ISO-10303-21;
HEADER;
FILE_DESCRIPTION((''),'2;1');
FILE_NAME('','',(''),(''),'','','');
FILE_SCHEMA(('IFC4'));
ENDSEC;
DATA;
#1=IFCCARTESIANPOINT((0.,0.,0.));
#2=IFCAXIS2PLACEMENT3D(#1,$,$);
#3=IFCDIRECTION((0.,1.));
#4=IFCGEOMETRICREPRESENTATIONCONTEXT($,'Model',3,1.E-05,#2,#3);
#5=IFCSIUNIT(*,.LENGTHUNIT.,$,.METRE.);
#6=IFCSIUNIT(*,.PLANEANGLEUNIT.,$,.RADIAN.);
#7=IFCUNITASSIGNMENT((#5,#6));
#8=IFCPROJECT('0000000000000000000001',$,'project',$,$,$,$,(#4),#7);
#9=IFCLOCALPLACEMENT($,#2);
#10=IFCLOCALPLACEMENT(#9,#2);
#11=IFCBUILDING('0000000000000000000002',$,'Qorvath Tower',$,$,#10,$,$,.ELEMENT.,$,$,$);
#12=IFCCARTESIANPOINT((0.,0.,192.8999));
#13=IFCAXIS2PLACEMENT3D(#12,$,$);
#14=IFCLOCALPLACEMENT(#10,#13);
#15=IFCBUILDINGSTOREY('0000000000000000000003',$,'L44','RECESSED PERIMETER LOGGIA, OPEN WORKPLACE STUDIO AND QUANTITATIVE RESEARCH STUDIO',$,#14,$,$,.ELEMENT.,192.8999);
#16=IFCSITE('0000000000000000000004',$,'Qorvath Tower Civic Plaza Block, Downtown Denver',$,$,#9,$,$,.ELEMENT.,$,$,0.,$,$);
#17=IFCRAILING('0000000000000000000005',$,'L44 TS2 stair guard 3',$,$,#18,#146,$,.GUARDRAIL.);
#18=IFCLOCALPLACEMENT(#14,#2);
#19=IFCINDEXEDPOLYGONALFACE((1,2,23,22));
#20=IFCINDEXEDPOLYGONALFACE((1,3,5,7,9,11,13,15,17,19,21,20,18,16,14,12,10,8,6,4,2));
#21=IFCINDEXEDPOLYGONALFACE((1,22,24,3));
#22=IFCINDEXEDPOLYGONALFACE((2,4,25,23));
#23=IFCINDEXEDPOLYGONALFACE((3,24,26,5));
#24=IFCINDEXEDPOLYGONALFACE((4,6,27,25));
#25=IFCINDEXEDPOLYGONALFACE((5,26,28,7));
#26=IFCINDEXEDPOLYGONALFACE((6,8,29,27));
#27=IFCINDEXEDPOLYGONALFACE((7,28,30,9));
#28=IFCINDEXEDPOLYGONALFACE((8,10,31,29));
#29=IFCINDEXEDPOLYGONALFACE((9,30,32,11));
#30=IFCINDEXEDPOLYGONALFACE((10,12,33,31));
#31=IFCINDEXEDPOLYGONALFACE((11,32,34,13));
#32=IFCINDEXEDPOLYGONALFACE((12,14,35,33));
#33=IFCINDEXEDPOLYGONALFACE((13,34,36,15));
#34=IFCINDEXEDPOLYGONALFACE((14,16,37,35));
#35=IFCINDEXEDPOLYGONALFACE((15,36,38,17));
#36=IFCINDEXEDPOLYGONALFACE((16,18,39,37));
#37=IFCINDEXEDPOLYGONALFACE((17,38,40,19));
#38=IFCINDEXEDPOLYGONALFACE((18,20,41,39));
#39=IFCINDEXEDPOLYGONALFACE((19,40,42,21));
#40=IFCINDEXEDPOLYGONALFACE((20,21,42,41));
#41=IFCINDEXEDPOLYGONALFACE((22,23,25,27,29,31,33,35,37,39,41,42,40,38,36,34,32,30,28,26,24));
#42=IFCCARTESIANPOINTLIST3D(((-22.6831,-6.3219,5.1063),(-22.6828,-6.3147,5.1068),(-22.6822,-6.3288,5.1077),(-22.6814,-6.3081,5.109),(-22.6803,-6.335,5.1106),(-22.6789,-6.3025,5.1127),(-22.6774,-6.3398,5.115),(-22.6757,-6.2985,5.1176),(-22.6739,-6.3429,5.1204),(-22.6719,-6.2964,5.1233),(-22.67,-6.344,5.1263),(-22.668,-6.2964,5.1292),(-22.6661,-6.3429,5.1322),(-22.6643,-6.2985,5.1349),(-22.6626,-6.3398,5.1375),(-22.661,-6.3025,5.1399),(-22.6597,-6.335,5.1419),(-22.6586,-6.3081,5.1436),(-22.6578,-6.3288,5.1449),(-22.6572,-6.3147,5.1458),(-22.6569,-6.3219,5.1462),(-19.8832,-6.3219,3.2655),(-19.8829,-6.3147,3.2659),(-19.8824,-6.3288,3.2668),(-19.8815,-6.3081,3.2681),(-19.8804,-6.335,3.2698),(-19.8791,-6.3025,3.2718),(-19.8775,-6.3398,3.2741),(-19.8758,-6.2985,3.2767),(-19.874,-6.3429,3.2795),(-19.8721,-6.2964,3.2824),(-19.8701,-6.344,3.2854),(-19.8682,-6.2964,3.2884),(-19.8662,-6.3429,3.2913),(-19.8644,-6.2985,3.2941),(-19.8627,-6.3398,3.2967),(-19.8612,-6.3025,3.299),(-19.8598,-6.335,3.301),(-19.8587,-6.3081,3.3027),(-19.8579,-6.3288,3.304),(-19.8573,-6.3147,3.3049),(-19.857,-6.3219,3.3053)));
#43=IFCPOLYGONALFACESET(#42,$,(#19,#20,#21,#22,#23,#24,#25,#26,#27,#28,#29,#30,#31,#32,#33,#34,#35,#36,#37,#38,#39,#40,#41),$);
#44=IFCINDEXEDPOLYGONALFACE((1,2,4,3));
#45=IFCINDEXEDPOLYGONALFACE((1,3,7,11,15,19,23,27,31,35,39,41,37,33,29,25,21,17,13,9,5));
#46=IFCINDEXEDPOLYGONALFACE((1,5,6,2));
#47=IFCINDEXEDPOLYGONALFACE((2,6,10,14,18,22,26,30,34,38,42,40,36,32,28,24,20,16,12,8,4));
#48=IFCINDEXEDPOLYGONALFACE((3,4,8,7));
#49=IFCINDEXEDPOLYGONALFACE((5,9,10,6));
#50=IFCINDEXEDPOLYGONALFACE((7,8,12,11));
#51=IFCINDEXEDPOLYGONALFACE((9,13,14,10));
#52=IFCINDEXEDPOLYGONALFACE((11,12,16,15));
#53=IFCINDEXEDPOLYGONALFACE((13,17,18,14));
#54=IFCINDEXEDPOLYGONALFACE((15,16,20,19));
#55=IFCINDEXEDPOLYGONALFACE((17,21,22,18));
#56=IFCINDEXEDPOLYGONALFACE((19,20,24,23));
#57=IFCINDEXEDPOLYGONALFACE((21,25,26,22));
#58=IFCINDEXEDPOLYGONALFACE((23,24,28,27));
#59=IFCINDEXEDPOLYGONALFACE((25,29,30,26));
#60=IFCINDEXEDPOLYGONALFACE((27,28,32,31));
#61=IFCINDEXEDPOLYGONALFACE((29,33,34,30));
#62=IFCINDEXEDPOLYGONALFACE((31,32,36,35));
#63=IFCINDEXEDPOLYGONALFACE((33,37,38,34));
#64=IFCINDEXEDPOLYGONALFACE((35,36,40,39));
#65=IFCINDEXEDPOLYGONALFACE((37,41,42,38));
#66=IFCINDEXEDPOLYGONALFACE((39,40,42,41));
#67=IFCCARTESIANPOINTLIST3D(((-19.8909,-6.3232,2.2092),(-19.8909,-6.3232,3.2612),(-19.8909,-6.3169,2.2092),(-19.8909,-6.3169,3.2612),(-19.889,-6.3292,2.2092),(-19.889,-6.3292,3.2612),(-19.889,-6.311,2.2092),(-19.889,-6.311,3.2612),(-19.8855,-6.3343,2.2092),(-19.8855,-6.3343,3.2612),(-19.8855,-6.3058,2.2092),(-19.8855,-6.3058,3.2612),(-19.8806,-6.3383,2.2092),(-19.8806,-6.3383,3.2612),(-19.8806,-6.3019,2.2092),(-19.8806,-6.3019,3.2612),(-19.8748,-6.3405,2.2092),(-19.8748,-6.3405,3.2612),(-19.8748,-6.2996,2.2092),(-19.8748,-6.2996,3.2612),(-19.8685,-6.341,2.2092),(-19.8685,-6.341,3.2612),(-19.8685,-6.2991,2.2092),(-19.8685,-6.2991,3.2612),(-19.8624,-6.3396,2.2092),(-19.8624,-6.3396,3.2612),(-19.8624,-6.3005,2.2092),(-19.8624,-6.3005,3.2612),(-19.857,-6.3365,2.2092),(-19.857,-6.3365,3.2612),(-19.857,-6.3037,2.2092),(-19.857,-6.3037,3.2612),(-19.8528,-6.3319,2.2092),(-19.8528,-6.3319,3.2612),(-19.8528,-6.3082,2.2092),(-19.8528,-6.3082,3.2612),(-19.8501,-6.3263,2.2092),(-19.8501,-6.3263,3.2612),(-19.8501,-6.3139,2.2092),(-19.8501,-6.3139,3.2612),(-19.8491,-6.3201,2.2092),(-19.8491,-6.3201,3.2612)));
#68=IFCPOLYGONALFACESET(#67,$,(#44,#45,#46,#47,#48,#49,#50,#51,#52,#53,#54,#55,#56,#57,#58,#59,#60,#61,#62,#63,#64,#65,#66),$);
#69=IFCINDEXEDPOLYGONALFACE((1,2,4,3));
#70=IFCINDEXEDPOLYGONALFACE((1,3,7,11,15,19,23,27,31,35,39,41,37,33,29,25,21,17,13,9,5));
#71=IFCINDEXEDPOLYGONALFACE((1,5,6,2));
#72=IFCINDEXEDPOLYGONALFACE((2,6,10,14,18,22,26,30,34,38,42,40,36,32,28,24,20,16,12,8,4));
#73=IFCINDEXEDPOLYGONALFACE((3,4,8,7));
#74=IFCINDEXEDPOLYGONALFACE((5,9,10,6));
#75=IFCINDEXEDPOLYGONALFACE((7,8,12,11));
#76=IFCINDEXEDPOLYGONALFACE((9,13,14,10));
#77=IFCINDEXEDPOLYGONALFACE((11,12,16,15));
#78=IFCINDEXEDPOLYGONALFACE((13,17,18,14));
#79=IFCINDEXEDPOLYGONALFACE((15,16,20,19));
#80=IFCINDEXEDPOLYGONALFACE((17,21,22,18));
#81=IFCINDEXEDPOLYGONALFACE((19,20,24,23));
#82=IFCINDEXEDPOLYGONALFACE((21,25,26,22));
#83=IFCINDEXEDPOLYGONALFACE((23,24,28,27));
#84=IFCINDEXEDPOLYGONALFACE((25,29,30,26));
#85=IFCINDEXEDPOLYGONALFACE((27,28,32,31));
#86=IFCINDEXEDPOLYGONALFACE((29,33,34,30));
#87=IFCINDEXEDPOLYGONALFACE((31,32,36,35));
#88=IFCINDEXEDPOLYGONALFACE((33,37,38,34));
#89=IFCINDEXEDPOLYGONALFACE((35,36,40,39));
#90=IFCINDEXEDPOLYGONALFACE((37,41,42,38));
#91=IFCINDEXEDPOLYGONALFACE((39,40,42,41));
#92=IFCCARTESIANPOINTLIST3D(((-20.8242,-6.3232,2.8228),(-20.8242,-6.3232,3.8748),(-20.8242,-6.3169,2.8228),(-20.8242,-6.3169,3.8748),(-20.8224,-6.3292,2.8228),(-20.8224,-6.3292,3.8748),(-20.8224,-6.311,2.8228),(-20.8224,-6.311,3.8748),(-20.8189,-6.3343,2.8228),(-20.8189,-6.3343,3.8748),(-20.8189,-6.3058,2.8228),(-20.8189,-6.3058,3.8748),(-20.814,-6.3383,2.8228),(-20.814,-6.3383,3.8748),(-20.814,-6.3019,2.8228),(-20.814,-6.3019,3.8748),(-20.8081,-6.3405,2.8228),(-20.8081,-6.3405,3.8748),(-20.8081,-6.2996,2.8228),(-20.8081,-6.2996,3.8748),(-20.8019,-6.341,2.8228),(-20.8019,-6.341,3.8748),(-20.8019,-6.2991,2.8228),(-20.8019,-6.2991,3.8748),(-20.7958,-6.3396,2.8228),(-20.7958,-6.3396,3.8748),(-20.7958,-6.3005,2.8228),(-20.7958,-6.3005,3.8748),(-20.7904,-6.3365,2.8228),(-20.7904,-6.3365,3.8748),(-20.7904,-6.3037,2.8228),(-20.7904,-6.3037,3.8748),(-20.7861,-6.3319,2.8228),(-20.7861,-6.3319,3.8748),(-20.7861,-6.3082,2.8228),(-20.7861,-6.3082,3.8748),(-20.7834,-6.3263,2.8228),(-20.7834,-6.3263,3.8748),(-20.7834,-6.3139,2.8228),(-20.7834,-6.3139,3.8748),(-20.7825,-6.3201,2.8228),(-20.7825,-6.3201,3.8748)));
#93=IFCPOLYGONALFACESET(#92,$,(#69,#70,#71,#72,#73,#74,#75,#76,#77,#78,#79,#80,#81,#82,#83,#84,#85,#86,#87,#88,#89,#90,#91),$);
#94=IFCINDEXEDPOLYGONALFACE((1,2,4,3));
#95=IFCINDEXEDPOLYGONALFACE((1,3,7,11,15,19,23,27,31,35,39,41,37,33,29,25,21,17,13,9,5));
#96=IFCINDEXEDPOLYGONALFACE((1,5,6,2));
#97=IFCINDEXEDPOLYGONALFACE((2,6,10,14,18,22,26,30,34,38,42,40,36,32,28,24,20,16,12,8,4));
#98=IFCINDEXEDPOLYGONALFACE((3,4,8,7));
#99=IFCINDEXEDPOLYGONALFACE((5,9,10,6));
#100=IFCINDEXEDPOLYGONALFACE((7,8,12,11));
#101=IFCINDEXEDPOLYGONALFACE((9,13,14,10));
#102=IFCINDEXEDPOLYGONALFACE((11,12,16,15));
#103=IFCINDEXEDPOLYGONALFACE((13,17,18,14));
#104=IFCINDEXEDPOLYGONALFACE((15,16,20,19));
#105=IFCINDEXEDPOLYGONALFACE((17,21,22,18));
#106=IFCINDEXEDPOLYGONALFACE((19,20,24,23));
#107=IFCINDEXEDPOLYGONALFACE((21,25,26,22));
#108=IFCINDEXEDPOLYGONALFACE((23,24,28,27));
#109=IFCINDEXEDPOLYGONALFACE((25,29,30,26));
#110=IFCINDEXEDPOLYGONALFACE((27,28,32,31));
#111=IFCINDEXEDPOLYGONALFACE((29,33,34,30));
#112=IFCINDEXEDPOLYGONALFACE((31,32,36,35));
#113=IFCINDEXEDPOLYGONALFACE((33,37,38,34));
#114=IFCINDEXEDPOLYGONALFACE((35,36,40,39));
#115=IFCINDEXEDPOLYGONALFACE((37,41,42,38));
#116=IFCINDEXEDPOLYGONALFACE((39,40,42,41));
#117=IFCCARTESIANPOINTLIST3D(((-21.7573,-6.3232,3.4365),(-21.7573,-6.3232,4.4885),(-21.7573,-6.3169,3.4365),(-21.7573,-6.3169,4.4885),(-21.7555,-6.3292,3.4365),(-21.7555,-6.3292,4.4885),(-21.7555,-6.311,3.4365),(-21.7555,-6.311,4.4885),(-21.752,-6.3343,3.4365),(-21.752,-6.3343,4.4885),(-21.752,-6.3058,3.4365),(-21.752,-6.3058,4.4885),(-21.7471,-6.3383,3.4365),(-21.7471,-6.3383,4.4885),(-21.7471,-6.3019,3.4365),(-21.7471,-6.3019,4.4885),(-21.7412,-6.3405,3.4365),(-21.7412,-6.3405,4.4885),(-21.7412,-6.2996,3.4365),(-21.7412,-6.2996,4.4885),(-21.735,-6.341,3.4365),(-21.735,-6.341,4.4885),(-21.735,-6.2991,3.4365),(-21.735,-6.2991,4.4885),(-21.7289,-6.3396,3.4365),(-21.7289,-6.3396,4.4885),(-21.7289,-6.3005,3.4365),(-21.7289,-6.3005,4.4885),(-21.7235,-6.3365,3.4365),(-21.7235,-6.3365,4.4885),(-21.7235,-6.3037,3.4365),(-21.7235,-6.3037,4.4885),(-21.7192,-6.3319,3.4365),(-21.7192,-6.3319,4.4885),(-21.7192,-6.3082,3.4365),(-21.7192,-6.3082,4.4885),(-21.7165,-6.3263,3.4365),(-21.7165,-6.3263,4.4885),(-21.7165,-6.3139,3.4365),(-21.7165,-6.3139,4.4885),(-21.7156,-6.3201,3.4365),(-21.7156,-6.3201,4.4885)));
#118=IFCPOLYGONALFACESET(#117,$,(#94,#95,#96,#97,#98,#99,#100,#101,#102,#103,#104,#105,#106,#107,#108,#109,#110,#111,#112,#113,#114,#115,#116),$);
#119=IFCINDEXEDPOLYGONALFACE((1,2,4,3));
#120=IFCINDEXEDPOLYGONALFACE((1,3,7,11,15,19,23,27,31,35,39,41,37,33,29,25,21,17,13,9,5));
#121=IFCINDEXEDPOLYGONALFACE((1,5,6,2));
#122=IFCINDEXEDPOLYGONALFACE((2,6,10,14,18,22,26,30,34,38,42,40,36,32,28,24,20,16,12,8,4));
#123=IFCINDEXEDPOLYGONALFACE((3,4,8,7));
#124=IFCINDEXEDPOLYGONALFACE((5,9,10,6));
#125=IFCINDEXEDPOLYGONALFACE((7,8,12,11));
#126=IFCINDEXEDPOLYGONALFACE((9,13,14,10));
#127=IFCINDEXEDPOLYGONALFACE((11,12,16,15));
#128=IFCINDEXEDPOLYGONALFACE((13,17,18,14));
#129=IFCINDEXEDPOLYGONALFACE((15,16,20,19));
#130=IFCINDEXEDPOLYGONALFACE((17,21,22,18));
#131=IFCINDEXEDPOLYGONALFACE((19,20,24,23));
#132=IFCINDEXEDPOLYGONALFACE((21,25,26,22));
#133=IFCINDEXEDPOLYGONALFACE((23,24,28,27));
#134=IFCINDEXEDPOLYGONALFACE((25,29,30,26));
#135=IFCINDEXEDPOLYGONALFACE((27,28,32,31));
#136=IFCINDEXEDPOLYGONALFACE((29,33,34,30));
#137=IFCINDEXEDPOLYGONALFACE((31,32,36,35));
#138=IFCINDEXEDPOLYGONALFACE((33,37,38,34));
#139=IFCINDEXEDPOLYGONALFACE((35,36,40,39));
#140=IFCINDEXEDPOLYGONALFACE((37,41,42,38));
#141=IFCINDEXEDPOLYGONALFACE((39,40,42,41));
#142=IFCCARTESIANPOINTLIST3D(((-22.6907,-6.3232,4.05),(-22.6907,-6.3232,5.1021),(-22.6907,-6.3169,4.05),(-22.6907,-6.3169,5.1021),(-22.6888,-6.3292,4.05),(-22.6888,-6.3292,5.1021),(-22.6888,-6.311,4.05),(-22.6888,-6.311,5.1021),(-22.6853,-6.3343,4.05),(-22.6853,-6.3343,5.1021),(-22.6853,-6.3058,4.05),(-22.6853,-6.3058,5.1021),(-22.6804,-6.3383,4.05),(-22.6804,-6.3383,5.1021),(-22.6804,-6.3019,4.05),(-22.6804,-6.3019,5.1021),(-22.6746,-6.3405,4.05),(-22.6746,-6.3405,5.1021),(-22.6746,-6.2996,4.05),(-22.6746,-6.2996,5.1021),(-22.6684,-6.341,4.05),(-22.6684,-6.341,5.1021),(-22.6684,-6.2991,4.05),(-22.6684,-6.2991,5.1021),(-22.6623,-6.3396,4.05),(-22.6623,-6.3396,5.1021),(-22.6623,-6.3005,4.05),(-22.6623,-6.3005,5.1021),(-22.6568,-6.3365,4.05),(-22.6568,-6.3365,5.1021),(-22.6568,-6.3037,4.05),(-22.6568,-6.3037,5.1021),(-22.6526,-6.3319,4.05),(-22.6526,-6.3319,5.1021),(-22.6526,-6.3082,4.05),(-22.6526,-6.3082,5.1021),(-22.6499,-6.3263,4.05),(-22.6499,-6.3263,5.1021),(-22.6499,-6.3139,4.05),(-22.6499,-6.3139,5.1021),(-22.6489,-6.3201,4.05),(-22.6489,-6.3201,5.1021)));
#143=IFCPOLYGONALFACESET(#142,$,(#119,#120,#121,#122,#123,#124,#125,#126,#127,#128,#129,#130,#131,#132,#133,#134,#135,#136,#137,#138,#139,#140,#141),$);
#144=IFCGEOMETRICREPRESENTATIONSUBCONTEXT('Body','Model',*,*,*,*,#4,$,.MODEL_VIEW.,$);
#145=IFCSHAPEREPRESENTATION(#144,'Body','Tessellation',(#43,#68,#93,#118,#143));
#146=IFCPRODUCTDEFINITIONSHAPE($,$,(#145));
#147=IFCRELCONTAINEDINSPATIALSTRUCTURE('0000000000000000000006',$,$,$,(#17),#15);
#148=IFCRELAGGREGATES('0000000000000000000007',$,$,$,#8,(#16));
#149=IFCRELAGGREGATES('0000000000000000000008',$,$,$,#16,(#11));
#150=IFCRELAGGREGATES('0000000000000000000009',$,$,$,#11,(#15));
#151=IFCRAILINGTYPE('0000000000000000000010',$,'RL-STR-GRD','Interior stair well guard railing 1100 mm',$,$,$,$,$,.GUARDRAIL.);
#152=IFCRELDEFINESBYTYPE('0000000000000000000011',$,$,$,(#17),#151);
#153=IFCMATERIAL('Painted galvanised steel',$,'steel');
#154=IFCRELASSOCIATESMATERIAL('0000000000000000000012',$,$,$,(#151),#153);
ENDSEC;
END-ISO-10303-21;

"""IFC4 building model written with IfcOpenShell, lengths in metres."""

from ifc_helpers import new_model, si_unit, direction, frame, origin, origin_2d, place, context, subcontext, project, spatial, circle, extrude, material, type_object, element, save


model = new_model("IFC4")

# Units and contexts
model_context = context("Model", 3, precision=1e-05, world=origin(), true_north=direction((0.0, 1.0)))
body_context = subcontext(model_context, "Body", "Model", "MODEL_VIEW")
ifc_project = project(units=[si_unit("LENGTHUNIT", "METRE"), si_unit("PLANEANGLEUNIT", "RADIAN")], contexts=[model_context])

# Site, building, storey
site_placement = place(None, origin())
site = spatial("IfcSite", under=ifc_project, at=site_placement, Name="Qorvath Tower Civic Plaza Block, Downtown Denver", CompositionType="ELEMENT", RefElevation=0.0)
building_placement = place(site_placement, origin())
building = spatial("IfcBuilding", under=site, at=building_placement, Name="Qorvath Tower", CompositionType="ELEMENT")
storey_placement = place(building_placement, frame((0.0, 0.0, 192.8999)))
storey = spatial("IfcBuildingStorey", under=building, at=storey_placement, Name="L44", Description="RECESSED PERIMETER LOGGIA, OPEN WORKPLACE STUDIO AND QUANTITATIVE RESEARCH STUDIO", CompositionType="ELEMENT", Elevation=192.8999)

# Railing
ifc_material_1 = material(Name="Painted galvanised steel", Category="steel")
railing_type_1 = type_object("IfcRailingType", Name="RL-STR-GRD", Description="Interior stair well guard railing 1100 mm", PredefinedType="GUARDRAIL", material=ifc_material_1)
railing_1_placement = place(storey_placement, frame((-19.8701, -6.3201, 2.2092)))
element("IfcRailing", 1, at=railing_1_placement, inside=storey, type_object=railing_type_1, Name="L44 TS2 stair guard 3", PredefinedType="GUARDRAIL", context=body_context, shape_type="SweptSolid", body=[
    extrude(circle(Radius=0.0239, at=origin_2d()), frame((0.0, 0.0, 1.0762), z_axis=(-0.835576, 0.0, 0.549376), x_axis=(0.0, -1.0, 0.0)), (0.0, 0.0, 1.0), 3.3508),
    extrude(circle(Radius=0.021, at=origin_2d()), origin(), (0.0, 0.0, 1.0), 1.052),
    extrude(circle(Radius=0.021, at=origin_2d()), frame((-0.9333, 0.0, 0.6135)), (0.0, 0.0, 1.0), 1.052),
    extrude(circle(Radius=0.021, at=origin_2d()), frame((-1.8665, 0.0, 1.2273)), (0.0, 0.0, 1.0), 1.052),
    extrude(circle(Radius=0.021, at=origin_2d()), frame((-2.7998, 0.0, 1.8408)), (0.0, 0.0, 1.0), 1.052),
])

save(model, "model.ifc")
